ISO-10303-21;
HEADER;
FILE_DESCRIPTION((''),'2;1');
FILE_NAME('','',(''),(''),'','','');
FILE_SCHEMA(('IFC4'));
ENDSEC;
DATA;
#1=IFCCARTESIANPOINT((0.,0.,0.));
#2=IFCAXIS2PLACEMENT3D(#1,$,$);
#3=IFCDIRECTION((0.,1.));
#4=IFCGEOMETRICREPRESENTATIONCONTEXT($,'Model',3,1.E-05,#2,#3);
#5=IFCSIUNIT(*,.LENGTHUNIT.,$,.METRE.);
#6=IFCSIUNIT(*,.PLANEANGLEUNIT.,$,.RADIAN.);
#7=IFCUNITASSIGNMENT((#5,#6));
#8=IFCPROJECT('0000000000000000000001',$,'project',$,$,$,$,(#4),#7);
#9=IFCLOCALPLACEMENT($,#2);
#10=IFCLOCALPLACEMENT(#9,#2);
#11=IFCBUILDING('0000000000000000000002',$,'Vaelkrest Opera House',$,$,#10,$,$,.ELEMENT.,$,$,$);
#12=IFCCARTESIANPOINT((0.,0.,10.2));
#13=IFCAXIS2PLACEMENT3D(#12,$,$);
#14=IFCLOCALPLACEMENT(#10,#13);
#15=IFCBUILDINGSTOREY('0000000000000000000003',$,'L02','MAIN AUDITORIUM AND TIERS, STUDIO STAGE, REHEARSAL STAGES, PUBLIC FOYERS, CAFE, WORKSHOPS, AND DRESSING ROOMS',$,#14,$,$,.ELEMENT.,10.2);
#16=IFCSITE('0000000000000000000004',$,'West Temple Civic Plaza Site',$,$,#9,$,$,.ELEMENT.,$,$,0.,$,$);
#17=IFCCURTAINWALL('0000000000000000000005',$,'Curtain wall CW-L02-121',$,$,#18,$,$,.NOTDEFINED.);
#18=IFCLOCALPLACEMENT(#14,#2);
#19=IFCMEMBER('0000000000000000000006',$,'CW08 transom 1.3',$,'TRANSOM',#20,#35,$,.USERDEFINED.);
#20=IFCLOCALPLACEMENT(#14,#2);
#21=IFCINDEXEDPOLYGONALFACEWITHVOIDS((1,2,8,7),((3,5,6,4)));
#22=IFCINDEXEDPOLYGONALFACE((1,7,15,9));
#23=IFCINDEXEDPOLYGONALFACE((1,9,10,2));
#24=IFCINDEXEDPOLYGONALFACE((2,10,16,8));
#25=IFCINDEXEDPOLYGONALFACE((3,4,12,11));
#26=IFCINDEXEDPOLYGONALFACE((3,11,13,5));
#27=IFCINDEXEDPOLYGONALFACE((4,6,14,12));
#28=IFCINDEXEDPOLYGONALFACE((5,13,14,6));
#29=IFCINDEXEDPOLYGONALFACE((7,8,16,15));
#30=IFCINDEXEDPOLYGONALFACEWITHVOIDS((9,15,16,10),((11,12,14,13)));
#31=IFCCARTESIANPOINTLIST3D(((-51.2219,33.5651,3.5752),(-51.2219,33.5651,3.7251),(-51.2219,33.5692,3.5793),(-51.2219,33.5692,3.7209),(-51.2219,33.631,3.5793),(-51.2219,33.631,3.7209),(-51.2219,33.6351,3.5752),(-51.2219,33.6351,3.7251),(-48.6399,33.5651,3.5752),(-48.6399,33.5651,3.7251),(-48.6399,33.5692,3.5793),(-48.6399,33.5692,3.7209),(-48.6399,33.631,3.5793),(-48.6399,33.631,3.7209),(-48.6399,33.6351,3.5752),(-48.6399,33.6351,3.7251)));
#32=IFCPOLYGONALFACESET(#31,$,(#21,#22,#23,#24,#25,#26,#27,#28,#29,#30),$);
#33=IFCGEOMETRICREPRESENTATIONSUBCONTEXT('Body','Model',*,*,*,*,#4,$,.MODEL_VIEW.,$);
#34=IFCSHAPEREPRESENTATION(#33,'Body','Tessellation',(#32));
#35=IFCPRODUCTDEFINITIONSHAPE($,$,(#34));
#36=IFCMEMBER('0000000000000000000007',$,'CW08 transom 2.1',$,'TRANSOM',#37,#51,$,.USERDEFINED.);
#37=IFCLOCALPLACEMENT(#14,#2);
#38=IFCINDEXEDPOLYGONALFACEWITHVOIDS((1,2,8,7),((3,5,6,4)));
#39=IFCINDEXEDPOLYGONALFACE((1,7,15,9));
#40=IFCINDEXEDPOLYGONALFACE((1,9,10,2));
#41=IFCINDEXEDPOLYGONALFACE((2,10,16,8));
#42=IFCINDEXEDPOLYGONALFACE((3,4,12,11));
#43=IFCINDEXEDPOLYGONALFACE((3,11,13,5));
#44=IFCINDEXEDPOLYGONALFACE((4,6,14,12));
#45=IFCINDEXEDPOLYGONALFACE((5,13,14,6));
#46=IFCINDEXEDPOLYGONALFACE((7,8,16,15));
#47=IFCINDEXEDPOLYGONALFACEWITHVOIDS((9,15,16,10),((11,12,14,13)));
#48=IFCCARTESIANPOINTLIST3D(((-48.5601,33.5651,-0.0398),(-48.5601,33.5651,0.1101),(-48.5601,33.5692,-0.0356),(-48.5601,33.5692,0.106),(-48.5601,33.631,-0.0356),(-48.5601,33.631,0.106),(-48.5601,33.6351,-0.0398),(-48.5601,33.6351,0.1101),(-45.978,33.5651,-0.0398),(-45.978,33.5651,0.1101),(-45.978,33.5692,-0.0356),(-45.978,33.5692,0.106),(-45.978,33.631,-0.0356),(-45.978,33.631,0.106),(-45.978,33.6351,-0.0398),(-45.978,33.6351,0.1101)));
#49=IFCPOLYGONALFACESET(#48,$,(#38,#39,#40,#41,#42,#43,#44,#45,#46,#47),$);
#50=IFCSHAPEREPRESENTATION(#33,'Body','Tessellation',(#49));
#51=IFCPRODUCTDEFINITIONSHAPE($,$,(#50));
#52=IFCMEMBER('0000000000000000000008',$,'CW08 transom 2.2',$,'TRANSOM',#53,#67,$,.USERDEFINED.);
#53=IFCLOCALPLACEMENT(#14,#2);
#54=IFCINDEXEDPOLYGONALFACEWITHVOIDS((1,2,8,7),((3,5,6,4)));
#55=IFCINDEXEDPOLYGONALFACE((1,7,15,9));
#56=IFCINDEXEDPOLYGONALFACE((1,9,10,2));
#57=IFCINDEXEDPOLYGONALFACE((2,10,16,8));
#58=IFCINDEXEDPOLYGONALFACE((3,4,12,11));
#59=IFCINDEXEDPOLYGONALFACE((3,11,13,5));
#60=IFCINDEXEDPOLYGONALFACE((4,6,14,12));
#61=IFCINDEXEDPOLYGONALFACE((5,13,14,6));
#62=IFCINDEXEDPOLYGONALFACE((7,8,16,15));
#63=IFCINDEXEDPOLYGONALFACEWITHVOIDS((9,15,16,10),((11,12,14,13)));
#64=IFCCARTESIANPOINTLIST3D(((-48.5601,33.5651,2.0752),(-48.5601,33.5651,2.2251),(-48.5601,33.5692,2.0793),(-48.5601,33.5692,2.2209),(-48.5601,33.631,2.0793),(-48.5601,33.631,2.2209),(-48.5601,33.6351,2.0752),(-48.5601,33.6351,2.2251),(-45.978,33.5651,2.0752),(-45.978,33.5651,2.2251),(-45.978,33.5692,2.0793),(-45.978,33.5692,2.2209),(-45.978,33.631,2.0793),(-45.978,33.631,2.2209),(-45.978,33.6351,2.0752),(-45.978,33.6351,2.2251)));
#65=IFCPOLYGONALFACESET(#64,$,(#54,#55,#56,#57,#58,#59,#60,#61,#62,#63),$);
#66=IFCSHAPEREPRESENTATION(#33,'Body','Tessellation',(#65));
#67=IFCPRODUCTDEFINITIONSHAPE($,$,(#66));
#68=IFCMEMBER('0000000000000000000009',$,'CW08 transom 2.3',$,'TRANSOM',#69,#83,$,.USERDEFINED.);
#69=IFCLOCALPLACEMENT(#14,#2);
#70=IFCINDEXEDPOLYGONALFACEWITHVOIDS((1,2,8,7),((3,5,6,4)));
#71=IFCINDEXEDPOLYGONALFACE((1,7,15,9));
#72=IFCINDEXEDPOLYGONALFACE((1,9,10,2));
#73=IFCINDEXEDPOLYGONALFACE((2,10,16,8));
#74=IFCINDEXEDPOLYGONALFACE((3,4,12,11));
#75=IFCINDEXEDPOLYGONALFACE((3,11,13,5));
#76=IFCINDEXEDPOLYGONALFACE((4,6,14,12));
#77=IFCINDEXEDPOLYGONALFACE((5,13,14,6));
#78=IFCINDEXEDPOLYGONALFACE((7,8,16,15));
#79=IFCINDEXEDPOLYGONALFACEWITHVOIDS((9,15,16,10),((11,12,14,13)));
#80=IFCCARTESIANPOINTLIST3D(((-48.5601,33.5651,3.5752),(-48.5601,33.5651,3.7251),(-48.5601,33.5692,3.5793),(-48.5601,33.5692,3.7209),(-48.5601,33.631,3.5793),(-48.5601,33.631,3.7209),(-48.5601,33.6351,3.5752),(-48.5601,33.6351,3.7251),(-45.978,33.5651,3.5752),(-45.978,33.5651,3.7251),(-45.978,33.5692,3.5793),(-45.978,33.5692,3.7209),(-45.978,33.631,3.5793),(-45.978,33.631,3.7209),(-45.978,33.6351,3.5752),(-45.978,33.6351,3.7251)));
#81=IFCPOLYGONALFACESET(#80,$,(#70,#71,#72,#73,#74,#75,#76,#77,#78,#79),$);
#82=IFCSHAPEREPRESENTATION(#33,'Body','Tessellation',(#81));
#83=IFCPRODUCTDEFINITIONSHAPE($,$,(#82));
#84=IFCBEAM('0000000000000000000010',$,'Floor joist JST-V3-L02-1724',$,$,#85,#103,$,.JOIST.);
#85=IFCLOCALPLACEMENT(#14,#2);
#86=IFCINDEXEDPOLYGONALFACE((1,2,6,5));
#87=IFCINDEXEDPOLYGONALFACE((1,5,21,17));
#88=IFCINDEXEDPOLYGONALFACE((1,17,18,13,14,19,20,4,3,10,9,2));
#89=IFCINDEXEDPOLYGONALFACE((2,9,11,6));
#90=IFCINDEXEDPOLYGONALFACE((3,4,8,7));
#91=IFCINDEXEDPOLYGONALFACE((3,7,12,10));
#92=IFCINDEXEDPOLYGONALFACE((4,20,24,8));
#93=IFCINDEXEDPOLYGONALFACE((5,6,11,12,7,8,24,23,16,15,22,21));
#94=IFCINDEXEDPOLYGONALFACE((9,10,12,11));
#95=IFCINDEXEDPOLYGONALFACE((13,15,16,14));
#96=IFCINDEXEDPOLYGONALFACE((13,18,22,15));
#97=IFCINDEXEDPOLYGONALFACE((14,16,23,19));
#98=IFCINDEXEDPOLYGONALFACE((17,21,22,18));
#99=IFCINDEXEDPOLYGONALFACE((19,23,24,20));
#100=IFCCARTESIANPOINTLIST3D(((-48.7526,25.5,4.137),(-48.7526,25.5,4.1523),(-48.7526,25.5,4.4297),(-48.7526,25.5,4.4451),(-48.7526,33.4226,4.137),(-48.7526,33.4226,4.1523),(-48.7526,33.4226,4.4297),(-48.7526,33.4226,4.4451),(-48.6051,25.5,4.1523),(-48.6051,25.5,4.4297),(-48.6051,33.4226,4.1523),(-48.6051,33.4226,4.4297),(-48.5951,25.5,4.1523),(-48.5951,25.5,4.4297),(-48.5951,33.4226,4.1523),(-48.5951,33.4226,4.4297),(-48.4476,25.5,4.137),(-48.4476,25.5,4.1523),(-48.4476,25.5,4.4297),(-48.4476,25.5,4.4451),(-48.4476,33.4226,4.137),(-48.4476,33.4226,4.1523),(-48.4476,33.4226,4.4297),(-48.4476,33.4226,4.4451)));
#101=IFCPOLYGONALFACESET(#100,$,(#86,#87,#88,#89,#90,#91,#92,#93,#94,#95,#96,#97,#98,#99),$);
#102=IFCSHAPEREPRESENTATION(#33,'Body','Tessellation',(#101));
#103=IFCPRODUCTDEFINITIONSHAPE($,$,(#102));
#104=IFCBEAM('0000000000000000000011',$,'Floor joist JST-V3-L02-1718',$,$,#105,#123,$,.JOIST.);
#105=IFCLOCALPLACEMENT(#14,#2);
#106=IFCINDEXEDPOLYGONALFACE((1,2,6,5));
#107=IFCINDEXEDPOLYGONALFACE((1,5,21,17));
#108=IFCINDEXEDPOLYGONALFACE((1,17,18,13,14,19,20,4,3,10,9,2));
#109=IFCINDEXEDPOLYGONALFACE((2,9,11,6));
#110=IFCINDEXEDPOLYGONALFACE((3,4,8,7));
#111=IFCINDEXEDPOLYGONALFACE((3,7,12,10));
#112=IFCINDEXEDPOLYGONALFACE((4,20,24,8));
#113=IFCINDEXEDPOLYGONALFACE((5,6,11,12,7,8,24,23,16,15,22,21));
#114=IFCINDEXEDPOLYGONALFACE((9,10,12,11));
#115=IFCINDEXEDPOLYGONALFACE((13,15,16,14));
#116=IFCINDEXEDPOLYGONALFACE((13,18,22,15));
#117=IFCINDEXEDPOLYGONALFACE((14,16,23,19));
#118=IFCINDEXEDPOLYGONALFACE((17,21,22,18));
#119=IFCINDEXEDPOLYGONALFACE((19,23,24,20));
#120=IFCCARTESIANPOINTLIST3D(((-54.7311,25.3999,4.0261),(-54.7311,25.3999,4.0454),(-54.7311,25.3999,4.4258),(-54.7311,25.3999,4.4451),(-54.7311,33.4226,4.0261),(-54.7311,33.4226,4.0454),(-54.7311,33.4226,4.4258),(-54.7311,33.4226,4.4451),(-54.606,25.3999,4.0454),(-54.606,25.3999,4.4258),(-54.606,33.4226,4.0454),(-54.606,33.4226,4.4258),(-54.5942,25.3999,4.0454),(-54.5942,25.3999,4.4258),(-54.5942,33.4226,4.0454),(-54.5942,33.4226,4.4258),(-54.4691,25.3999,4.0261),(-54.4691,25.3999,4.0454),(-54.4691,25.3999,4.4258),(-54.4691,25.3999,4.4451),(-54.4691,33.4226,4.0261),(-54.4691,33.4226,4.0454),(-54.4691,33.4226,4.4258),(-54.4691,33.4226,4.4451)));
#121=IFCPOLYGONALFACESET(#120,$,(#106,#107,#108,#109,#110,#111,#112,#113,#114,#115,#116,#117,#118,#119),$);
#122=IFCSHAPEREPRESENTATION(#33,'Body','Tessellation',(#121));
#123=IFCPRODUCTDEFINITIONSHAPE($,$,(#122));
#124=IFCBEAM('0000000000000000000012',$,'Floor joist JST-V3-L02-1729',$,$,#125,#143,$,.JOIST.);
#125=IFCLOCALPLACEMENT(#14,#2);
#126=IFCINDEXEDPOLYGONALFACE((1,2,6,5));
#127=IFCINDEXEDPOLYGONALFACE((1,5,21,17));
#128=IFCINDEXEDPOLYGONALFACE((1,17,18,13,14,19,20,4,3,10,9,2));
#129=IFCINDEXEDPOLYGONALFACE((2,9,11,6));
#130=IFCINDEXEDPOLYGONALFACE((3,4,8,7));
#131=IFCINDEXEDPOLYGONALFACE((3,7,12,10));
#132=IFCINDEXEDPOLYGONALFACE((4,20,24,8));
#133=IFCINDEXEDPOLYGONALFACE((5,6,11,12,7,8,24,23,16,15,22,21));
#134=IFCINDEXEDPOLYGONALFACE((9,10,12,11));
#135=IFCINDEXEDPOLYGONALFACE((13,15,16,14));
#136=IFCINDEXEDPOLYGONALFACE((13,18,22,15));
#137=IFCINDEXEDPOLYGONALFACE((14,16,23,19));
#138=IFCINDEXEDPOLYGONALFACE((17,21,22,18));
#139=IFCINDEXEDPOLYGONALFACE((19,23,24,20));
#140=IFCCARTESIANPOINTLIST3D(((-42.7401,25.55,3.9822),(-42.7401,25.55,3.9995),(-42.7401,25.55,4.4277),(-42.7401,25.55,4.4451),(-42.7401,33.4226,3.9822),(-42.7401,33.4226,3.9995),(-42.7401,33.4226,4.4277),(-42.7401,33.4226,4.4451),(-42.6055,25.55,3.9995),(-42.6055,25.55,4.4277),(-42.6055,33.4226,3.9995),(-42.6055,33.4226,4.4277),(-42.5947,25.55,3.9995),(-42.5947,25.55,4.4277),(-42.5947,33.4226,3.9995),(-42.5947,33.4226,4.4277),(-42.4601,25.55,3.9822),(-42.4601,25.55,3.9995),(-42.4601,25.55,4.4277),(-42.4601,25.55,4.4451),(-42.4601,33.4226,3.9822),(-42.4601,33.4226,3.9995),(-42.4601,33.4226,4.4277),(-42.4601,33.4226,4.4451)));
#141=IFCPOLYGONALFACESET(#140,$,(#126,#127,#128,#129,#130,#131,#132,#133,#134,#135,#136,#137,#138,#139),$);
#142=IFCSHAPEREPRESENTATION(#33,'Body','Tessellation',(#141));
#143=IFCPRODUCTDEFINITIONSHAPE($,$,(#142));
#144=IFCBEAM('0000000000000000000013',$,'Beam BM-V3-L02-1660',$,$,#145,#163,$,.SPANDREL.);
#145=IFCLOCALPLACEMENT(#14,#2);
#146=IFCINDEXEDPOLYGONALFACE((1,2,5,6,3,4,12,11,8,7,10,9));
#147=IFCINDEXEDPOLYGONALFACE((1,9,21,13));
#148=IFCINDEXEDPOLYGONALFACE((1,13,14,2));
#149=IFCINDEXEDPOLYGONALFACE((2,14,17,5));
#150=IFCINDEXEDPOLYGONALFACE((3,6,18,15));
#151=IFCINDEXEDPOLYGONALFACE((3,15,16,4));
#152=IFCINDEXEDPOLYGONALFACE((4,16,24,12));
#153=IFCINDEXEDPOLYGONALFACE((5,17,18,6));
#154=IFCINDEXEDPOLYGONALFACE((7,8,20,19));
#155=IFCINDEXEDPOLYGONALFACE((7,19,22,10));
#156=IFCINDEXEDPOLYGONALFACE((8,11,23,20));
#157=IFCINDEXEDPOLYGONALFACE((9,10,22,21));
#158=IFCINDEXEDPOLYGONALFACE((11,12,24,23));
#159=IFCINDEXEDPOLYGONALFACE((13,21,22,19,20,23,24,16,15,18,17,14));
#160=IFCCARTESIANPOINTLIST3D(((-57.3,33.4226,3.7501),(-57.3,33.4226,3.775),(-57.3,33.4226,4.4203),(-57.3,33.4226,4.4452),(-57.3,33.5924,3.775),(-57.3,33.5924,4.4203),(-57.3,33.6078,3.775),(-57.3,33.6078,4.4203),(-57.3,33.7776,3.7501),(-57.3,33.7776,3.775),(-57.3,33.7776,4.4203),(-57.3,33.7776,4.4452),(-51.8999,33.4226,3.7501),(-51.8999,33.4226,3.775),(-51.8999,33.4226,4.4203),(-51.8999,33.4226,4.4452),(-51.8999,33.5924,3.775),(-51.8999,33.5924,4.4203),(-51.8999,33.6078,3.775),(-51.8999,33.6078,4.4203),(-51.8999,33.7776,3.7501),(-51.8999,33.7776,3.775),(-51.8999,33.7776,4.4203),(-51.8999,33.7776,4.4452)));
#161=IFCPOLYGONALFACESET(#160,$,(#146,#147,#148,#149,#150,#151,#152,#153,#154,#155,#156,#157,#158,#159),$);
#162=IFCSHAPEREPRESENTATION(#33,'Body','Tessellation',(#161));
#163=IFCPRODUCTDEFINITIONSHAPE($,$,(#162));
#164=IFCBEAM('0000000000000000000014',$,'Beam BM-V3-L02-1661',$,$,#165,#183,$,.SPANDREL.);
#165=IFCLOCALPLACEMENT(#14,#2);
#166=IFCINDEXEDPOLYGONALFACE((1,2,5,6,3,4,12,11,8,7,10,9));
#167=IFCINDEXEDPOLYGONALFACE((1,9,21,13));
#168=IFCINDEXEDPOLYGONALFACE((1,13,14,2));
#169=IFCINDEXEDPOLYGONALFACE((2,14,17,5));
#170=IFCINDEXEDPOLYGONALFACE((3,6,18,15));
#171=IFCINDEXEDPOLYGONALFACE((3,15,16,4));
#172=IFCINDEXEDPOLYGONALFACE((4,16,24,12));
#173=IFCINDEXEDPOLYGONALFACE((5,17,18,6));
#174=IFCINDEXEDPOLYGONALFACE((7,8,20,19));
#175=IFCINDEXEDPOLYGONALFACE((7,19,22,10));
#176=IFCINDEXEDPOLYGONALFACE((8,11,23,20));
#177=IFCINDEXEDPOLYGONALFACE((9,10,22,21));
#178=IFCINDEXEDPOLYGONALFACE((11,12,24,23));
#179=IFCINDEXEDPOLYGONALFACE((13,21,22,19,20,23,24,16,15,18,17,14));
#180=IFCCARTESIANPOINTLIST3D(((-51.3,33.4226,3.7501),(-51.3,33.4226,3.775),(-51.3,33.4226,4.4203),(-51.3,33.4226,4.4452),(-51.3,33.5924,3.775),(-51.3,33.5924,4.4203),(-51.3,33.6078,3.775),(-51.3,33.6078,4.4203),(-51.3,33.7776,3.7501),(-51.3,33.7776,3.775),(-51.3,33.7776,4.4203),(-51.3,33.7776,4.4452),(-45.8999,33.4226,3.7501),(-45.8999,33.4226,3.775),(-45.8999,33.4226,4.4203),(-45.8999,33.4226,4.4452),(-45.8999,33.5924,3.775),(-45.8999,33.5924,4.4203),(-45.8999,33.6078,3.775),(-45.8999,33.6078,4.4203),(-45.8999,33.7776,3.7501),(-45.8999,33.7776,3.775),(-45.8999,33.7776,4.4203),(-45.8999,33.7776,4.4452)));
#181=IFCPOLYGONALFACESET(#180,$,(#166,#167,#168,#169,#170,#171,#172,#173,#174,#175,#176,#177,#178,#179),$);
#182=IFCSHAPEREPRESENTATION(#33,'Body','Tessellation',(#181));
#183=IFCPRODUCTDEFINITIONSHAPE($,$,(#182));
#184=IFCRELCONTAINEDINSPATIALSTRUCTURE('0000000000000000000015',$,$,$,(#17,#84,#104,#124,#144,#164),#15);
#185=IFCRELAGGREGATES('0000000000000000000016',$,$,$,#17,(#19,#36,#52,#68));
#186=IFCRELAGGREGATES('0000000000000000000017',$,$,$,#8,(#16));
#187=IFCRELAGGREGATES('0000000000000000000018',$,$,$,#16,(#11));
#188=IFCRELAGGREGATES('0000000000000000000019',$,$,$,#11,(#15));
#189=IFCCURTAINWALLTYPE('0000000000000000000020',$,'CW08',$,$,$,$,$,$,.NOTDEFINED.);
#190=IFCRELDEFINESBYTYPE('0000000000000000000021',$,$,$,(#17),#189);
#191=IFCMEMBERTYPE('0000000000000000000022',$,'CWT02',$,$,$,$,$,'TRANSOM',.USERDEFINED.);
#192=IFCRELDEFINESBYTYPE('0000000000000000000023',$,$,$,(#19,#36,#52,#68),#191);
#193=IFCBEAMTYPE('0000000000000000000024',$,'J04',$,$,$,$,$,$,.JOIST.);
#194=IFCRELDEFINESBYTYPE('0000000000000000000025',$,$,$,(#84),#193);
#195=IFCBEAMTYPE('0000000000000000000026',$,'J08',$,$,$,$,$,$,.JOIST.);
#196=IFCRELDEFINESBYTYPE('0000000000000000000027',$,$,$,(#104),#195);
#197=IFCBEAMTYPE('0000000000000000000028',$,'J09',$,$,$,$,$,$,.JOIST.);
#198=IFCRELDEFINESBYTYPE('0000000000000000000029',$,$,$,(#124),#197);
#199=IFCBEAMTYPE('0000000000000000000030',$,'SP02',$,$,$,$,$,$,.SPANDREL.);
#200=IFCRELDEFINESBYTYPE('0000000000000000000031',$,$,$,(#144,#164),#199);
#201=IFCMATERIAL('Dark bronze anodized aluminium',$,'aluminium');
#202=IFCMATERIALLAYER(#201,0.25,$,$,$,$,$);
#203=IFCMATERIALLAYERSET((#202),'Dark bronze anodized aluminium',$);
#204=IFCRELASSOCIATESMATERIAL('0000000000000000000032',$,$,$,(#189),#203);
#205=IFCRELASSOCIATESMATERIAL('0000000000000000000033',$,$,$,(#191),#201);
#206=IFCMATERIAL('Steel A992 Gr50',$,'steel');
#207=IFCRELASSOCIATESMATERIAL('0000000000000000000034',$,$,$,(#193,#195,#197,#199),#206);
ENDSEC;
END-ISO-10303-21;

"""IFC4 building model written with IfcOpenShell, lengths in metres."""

from ifc_helpers import new_model, si_unit, direction, frame, origin, origin_2d, place, context, subcontext, project, spatial, hollow_rectangle, i_section, extrude, material, layer, layer_set, material_profile, profile_set, type_object, element, aggregate, save


model = new_model("IFC4")

# Units and contexts
model_context = context("Model", 3, precision=1e-05, world=origin(), true_north=direction((0.0, 1.0)))
body_context = subcontext(model_context, "Body", "Model", "MODEL_VIEW")
ifc_project = project(units=[si_unit("LENGTHUNIT", "METRE"), si_unit("PLANEANGLEUNIT", "RADIAN")], contexts=[model_context])

# Site, building, storey
site_placement = place(None, origin())
site = spatial("IfcSite", under=ifc_project, at=site_placement, Name="West Temple Civic Plaza Site", CompositionType="ELEMENT", RefElevation=0.0)
building_placement = place(site_placement, origin())
building = spatial("IfcBuilding", under=site, at=building_placement, Name="Vaelkrest Opera House", CompositionType="ELEMENT")
storey_placement = place(building_placement, frame((0.0, 0.0, 10.2)))
storey = spatial("IfcBuildingStorey", under=building, at=storey_placement, Name="L02", Description="MAIN AUDITORIUM AND TIERS, STUDIO STAGE, REHEARSAL STAGES, PUBLIC FOYERS, CAFE, WORKSHOPS, AND DRESSING ROOMS", CompositionType="ELEMENT", Elevation=10.2)

# Shared definitions
ifc_material_1 = material(Name="Steel A992 Gr50", Category="steel")

# Curtain wall, members
ifc_material_2 = material(Name="Dark bronze anodized aluminium", Category="aluminium")
ifc_layer_1 = layer(ifc_material_2, 0.25)
ifc_layer_set_1 = layer_set([ifc_layer_1], Name="Dark bronze anodized aluminium")
curtain_wall_type = type_object("IfcCurtainWallType", Name="CW08", PredefinedType="NOTDEFINED", material=ifc_layer_set_1)
curtain_wall_placement = place(storey_placement, origin())
curtain_wall = element("IfcCurtainWall", 1, at=curtain_wall_placement, inside=storey, type_object=curtain_wall_type, Name="Curtain wall CW-L02-121", PredefinedType="NOTDEFINED")
ifc_material_profile_1 = material_profile(ifc_material_2, hollow_rectangle(XDim=0.0701, YDim=0.1499, WallThickness=0.0042, at=origin_2d()), Name="CWT70X150")
ifc_profile_set_1 = profile_set([ifc_material_profile_1], Name="Dark bronze anodized aluminium")
member_type_1 = type_object("IfcMemberType", Name="CWT02", ElementType="TRANSOM", PredefinedType="USERDEFINED", material=ifc_profile_set_1)
member_1_placement = place(storey_placement, frame((-51.2219, 33.6001, 3.6501), z_axis=(1.0, 0.0, 0.0), x_axis=(0.0, 1.0, 0.0)))
member_1 = element("IfcMember", 2, at=member_1_placement, type_object=member_type_1, Name="CW08 transom 1.3", ObjectType="TRANSOM", PredefinedType="USERDEFINED", context=body_context, shape_type="SweptSolid", body=[
    extrude(hollow_rectangle(XDim=0.0701, YDim=0.1499, WallThickness=0.0042, at=origin_2d()), origin(), (0.0, 0.0, 1.0), 2.582),
])
member_2_placement = place(storey_placement, frame((-48.5601, 33.6001, 0.0352), z_axis=(1.0, 0.0, 0.0), x_axis=(0.0, 1.0, 0.0)))
member_2 = element("IfcMember", 3, at=member_2_placement, type_object=member_type_1, Name="CW08 transom 2.1", ObjectType="TRANSOM", PredefinedType="USERDEFINED", context=body_context, shape_type="SweptSolid", body=[
    extrude(hollow_rectangle(XDim=0.0701, YDim=0.1499, WallThickness=0.0042, at=origin_2d()), origin(), (0.0, 0.0, 1.0), 2.582),
])
member_3_placement = place(storey_placement, frame((-48.5601, 33.6001, 2.1501), z_axis=(1.0, 0.0, 0.0), x_axis=(0.0, 1.0, 0.0)))
member_3 = element("IfcMember", 4, at=member_3_placement, type_object=member_type_1, Name="CW08 transom 2.2", ObjectType="TRANSOM", PredefinedType="USERDEFINED", context=body_context, shape_type="SweptSolid", body=[
    extrude(hollow_rectangle(XDim=0.0701, YDim=0.1499, WallThickness=0.0042, at=origin_2d()), origin(), (0.0, 0.0, 1.0), 2.582),
])
member_4_placement = place(storey_placement, frame((-48.5601, 33.6001, 3.6501), z_axis=(1.0, 0.0, 0.0), x_axis=(0.0, 1.0, 0.0)))
member_4 = element("IfcMember", 5, at=member_4_placement, type_object=member_type_1, Name="CW08 transom 2.3", ObjectType="TRANSOM", PredefinedType="USERDEFINED", context=body_context, shape_type="SweptSolid", body=[
    extrude(hollow_rectangle(XDim=0.0701, YDim=0.1499, WallThickness=0.0042, at=origin_2d()), origin(), (0.0, 0.0, 1.0), 2.582),
])

# Beams
ifc_material_profile_2 = material_profile(ifc_material_1, i_section(OverallWidth=0.3049, OverallDepth=0.3081, WebThickness=0.01, FlangeThickness=0.0154, at=origin_2d()), Name="W12X65")
ifc_profile_set_2 = profile_set([ifc_material_profile_2], Name="Steel A992 Gr50")
beam_type_1 = type_object("IfcBeamType", Name="J04", PredefinedType="JOIST", material=ifc_profile_set_2)
beam_1_placement = place(storey_placement, frame((-48.6001, 25.5, 4.291), z_axis=(0.0, 1.0, 0.0), x_axis=(-1.0, 0.0, 0.0)))
element("IfcBeam", 6, at=beam_1_placement, inside=storey, type_object=beam_type_1, Name="Floor joist JST-V3-L02-1724", PredefinedType="JOIST", context=body_context, shape_type="SweptSolid", body=[
    extrude(i_section(OverallWidth=0.3049, OverallDepth=0.3081, WebThickness=0.01, FlangeThickness=0.0154, at=origin_2d()), origin(), (0.0, 0.0, 1.0), 7.9226),
])
ifc_material_profile_3 = material_profile(ifc_material_1, i_section(OverallWidth=0.262, OverallDepth=0.4189, WebThickness=0.0117, FlangeThickness=0.0193, at=origin_2d()), Name="W16X77")
ifc_profile_set_3 = profile_set([ifc_material_profile_3], Name="Steel A992 Gr50")
beam_type_2 = type_object("IfcBeamType", Name="J08", PredefinedType="JOIST", material=ifc_profile_set_3)
beam_2_placement = place(storey_placement, frame((-54.6001, 25.3999, 4.2356), z_axis=(0.0, 1.0, 0.0), x_axis=(-1.0, 0.0, 0.0)))
element("IfcBeam", 7, at=beam_2_placement, inside=storey, type_object=beam_type_2, Name="Floor joist JST-V3-L02-1718", PredefinedType="JOIST", context=body_context, shape_type="SweptSolid", body=[
    extrude(i_section(OverallWidth=0.262, OverallDepth=0.4189, WebThickness=0.0117, FlangeThickness=0.0193, at=origin_2d()), origin(), (0.0, 0.0, 1.0), 8.0227),
])
ifc_material_profile_4 = material_profile(ifc_material_1, i_section(OverallWidth=0.28, OverallDepth=0.4629, WebThickness=0.0107, FlangeThickness=0.0173, at=origin_2d()), Name="W18X76")
ifc_profile_set_4 = profile_set([ifc_material_profile_4], Name="Steel A992 Gr50")
beam_type_3 = type_object("IfcBeamType", Name="J09", PredefinedType="JOIST", material=ifc_profile_set_4)
beam_3_placement = place(storey_placement, frame((-42.6001, 25.55, 4.2136), z_axis=(0.0, 1.0, 0.0), x_axis=(-1.0, 0.0, 0.0)))
element("IfcBeam", 8, at=beam_3_placement, inside=storey, type_object=beam_type_3, Name="Floor joist JST-V3-L02-1729", PredefinedType="JOIST", context=body_context, shape_type="SweptSolid", body=[
    extrude(i_section(OverallWidth=0.28, OverallDepth=0.4629, WebThickness=0.0107, FlangeThickness=0.0173, at=origin_2d()), origin(), (0.0, 0.0, 1.0), 7.8726),
])
ifc_material_profile_5 = material_profile(ifc_material_1, i_section(OverallWidth=0.355, OverallDepth=0.6951, WebThickness=0.0154, FlangeThickness=0.0249, at=origin_2d()), Name="W27X146")
ifc_profile_set_5 = profile_set([ifc_material_profile_5], Name="Steel A992 Gr50")
beam_type_4 = type_object("IfcBeamType", Name="SP02", PredefinedType="SPANDREL", material=ifc_profile_set_5)
for number, where, z_axis, x_axis, name in (
    (9, (-57.3, 33.6001, 4.0977), (1.0, 0.0, 0.0), (0.0, 1.0, 0.0), "Beam BM-V3-L02-1660"),
    (10, (-51.3, 33.6001, 4.0977), (1.0, 0.0, 0.0), (0.0, 1.0, 0.0), "Beam BM-V3-L02-1661"),
):
    element("IfcBeam", number, at=place(storey_placement, frame(where, z_axis=z_axis, x_axis=x_axis)), inside=storey, type_object=beam_type_4, Name=name, PredefinedType="SPANDREL", context=body_context, shape_type="SweptSolid", body=[
        extrude(i_section(OverallWidth=0.355, OverallDepth=0.6951, WebThickness=0.0154, FlangeThickness=0.0249, at=origin_2d()), origin(), (0.0, 0.0, 1.0), 5.4001),
    ])

aggregate(curtain_wall, [member_1, member_2, member_3, member_4])

save(model, "model.ifc")
